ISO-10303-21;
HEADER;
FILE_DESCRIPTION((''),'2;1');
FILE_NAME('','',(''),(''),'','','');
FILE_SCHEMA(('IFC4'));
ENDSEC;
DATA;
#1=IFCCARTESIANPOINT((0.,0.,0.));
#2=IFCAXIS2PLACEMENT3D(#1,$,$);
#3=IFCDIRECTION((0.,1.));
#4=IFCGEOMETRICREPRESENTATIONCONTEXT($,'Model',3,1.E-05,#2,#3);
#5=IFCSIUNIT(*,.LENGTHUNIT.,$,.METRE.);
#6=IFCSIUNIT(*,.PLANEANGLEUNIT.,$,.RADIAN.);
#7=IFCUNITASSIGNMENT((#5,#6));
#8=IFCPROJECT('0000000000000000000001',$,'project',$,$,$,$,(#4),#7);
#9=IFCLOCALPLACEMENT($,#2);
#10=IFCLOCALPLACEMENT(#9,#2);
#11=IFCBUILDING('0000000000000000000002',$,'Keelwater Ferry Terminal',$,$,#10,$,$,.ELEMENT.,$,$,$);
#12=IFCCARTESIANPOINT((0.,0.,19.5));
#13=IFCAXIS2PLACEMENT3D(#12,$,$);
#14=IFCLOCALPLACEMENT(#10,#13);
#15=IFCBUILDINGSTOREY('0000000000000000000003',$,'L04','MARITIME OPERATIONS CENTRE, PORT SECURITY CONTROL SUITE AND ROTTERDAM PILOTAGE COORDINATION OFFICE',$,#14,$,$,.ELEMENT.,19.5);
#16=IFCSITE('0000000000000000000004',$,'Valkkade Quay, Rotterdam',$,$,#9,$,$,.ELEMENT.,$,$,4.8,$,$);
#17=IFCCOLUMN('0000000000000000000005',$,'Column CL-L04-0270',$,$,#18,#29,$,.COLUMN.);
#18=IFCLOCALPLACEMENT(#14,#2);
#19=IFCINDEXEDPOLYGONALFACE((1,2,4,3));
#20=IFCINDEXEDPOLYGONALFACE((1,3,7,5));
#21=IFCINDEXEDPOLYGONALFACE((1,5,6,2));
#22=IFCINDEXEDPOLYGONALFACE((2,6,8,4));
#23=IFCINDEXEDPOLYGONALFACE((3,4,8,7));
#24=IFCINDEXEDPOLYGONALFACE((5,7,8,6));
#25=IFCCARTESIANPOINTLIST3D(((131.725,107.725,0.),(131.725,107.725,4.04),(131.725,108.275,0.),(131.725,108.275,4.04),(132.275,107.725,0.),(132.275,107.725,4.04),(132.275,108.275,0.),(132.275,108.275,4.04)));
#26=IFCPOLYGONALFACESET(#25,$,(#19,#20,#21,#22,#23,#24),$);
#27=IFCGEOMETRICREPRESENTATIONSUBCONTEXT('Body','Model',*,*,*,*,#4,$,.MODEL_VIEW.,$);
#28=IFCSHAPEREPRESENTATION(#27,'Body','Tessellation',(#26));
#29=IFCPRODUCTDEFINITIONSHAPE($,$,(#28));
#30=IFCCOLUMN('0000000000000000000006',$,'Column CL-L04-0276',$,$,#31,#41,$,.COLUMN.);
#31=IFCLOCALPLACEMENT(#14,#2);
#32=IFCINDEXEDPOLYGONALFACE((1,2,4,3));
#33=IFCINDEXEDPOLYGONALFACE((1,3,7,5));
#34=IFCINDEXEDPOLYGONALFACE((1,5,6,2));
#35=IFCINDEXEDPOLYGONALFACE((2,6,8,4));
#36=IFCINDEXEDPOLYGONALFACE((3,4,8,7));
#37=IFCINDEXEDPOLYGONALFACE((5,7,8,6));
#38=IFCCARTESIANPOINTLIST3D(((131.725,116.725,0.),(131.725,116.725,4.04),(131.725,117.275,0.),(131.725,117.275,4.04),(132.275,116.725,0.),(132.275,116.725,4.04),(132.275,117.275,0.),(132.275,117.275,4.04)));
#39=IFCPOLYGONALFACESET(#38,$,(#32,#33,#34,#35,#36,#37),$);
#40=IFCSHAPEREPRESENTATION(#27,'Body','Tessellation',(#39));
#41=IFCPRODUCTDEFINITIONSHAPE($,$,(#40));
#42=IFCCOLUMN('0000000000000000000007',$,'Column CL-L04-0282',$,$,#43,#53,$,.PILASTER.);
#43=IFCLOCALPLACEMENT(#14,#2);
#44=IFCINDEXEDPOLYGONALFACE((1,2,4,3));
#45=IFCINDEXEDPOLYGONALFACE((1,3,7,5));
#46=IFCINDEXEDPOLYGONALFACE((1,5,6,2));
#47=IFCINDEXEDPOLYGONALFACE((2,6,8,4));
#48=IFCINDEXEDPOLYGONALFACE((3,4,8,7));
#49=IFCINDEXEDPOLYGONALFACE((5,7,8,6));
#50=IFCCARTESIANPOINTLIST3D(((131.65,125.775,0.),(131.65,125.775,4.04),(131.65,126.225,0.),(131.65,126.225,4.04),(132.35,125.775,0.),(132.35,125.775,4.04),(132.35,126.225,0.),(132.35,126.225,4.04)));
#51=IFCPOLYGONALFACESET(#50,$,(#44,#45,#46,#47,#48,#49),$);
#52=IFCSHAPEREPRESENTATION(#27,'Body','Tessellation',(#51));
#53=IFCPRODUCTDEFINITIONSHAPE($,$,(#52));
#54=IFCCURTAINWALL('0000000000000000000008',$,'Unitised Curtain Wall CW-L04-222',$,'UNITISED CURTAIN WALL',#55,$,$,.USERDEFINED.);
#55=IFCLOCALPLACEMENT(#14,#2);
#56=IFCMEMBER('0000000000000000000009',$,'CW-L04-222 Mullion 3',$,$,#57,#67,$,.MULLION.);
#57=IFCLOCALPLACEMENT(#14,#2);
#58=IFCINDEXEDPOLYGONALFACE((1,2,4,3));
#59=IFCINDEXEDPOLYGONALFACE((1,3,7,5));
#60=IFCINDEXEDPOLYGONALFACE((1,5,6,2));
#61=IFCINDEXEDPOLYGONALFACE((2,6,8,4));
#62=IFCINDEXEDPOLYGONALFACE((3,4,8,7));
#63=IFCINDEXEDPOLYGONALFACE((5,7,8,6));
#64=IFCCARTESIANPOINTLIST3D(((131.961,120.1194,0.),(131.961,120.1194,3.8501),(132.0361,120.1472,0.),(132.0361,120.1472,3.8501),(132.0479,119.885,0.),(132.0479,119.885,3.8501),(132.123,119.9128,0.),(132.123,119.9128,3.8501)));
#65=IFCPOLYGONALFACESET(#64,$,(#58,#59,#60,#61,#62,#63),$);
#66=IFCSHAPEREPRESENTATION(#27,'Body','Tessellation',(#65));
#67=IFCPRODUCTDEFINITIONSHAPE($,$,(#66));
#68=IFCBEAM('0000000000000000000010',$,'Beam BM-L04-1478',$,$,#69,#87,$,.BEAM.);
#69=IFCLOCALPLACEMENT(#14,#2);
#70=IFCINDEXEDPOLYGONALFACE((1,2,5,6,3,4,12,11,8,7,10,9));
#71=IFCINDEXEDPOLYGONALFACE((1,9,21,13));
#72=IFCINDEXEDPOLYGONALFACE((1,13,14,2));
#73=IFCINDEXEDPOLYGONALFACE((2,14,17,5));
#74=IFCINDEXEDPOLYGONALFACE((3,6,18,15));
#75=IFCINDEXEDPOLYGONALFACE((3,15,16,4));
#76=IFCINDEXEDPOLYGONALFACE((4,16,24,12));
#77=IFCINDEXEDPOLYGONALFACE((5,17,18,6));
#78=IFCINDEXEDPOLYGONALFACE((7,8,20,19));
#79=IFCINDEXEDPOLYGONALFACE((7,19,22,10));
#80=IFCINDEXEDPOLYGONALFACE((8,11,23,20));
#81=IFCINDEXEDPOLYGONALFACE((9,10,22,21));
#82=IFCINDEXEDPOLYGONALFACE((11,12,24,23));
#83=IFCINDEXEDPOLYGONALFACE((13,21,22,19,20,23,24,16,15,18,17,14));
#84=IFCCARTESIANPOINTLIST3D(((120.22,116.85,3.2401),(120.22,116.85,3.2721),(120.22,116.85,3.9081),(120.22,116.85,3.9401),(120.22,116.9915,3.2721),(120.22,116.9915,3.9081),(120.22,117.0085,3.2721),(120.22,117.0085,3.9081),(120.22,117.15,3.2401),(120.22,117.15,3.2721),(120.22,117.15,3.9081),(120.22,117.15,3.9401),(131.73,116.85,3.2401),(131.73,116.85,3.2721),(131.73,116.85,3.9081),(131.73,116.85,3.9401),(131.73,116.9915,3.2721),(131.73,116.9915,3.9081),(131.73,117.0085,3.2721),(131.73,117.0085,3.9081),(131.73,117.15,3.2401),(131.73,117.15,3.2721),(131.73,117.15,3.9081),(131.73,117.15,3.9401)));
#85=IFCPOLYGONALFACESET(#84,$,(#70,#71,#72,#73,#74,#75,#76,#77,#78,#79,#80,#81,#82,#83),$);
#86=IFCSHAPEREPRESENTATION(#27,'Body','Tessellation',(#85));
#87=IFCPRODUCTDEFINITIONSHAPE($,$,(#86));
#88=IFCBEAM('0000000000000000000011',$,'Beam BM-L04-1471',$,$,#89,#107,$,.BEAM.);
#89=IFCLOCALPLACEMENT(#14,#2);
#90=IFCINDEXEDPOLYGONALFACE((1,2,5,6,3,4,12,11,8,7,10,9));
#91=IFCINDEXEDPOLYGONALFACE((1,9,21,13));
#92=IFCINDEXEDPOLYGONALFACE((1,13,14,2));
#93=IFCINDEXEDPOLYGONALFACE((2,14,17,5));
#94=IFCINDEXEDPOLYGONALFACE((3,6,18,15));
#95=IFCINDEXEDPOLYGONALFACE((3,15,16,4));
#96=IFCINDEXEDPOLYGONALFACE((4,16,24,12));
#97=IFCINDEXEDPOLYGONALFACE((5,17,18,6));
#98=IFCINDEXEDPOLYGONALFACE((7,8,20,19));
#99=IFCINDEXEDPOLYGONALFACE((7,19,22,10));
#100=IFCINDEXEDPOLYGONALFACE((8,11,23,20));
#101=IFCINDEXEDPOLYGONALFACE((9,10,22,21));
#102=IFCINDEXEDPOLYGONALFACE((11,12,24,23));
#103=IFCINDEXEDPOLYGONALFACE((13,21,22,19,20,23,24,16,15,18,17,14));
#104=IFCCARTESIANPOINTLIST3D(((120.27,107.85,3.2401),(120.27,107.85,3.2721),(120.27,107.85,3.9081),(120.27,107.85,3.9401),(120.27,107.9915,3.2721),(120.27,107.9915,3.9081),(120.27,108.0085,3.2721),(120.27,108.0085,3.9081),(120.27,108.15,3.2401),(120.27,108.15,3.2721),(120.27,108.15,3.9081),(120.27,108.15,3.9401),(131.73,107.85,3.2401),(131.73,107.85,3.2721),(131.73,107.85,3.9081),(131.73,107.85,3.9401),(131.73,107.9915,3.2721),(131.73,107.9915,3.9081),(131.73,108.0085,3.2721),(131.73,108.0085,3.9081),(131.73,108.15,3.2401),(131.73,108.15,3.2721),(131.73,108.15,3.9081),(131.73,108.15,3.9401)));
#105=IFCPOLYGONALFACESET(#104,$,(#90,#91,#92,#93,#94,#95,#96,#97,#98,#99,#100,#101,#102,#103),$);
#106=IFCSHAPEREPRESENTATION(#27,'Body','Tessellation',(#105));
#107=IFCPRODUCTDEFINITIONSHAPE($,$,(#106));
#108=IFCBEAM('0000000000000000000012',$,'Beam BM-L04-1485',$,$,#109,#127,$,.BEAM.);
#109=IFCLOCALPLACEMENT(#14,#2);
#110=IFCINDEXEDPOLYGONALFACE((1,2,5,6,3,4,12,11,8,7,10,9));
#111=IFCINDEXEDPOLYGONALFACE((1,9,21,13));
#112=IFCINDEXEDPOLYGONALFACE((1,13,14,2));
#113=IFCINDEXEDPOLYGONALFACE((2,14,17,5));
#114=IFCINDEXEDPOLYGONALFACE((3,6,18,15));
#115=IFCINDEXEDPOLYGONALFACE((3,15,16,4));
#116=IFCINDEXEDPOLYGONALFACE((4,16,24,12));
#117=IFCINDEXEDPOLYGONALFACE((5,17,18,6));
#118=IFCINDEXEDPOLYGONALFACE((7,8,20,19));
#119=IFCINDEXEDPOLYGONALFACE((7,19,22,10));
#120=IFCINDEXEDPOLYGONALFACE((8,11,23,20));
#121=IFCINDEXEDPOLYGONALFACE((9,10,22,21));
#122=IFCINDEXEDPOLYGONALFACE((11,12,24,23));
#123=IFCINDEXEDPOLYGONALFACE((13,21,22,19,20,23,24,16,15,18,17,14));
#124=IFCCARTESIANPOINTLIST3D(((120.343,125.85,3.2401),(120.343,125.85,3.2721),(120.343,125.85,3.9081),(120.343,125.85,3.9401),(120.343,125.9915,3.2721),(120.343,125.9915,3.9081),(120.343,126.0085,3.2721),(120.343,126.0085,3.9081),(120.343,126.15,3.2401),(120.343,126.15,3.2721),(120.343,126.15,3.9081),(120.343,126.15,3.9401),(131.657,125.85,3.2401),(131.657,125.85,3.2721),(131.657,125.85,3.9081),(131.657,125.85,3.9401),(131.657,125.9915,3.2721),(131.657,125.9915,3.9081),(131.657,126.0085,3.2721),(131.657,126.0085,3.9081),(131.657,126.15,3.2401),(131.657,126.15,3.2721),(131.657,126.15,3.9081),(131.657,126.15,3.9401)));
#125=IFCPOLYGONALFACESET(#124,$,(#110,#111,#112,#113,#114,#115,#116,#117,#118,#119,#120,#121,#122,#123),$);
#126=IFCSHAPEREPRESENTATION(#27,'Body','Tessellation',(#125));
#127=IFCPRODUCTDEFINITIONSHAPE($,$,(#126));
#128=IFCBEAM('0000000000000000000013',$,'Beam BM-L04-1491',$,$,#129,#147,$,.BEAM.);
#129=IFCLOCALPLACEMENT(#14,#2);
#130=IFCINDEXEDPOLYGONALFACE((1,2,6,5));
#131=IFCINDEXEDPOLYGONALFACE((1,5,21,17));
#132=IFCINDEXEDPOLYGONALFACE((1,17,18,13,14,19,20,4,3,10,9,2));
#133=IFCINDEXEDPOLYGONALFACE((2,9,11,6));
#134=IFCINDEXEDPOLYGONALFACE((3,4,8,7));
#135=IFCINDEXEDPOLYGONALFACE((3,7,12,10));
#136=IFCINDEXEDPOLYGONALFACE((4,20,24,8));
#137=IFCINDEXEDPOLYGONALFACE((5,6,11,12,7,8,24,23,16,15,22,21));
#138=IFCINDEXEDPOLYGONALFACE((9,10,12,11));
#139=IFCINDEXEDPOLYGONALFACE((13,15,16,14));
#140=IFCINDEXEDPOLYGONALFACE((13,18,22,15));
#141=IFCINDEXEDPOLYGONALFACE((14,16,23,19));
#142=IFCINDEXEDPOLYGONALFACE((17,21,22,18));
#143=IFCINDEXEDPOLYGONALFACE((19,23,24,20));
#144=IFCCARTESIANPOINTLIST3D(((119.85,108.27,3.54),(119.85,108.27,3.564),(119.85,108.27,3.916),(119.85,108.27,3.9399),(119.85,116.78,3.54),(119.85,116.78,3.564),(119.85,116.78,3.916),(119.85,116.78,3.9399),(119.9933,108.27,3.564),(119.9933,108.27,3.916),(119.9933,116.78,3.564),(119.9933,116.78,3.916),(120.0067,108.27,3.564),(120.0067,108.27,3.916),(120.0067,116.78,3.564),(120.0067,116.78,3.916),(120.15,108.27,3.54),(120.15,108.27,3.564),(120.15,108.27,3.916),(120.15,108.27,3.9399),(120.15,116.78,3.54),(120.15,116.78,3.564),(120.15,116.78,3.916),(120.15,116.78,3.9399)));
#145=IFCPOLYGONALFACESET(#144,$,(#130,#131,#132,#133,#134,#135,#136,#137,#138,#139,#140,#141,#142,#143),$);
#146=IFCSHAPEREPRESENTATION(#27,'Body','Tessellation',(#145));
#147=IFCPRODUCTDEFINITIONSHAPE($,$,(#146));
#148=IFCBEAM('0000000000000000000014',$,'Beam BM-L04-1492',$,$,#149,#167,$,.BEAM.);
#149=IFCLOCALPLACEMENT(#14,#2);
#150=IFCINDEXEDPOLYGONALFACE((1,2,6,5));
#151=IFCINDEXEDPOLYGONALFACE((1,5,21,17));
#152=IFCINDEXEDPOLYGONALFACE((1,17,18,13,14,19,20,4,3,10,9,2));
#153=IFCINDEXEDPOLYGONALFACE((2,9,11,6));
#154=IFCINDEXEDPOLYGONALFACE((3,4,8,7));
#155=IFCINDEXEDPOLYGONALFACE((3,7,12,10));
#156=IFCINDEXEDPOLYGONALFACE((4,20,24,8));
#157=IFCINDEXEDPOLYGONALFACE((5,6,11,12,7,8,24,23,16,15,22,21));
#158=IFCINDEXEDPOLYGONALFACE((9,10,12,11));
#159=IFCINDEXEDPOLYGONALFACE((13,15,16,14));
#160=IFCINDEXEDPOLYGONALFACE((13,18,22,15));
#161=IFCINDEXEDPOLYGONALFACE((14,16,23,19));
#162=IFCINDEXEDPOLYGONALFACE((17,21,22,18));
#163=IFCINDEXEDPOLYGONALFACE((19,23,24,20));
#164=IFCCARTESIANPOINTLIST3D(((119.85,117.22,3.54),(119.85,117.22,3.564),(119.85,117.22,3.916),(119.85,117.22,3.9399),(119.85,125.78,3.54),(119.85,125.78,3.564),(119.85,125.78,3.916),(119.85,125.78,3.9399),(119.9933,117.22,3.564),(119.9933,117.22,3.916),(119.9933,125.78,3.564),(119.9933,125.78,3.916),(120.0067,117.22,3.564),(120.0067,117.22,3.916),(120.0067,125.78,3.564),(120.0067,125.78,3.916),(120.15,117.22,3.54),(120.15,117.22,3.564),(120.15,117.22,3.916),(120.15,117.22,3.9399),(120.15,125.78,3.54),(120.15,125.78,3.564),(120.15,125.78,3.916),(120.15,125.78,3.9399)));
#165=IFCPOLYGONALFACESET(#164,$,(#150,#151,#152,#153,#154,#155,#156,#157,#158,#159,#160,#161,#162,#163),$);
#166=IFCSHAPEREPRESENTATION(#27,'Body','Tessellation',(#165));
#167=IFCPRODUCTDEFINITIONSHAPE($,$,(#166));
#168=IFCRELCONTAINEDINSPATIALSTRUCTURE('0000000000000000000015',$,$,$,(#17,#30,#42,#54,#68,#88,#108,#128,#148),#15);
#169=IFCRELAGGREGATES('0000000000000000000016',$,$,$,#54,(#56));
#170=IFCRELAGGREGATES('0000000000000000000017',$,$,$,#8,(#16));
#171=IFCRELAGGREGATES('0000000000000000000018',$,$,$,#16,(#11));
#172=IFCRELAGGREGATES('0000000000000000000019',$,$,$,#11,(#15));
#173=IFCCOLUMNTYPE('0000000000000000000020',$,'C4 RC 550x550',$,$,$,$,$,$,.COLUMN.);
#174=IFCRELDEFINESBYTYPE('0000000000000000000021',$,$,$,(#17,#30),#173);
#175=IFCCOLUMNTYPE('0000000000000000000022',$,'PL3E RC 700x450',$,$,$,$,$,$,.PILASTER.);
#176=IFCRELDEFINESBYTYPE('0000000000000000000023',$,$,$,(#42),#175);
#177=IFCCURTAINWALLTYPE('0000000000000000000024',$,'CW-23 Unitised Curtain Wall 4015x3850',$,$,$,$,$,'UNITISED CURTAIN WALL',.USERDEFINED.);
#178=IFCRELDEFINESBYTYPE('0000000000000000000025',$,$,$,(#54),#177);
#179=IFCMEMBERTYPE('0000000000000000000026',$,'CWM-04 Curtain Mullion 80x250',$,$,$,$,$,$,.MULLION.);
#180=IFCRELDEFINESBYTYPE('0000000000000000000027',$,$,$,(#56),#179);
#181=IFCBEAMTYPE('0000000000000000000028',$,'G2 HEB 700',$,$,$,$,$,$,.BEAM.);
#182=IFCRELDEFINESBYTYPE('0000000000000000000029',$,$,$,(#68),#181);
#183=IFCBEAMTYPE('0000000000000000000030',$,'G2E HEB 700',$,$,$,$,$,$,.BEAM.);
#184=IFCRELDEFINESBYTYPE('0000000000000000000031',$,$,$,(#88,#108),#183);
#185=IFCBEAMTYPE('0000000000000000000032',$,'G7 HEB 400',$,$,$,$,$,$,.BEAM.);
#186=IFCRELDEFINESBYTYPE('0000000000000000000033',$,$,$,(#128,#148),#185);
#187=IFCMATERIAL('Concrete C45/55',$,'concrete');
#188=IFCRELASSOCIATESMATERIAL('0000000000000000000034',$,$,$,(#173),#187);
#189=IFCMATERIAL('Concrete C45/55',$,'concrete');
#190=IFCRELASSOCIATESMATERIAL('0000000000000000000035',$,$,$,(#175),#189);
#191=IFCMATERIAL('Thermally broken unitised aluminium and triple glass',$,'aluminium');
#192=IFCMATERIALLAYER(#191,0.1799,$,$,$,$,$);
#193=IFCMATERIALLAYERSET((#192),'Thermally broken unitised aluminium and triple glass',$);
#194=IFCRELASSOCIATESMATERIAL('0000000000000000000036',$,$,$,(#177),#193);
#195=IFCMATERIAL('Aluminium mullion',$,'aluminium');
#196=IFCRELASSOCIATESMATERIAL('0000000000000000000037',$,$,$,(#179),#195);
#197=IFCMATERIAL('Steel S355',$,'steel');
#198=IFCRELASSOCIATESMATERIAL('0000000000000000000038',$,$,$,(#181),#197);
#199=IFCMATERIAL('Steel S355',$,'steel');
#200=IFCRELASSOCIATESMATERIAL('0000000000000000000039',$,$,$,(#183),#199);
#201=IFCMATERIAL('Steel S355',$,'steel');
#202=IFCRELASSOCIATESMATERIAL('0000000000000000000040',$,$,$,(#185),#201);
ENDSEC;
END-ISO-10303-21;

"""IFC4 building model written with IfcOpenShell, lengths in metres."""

from ifc_helpers import new_model, si_unit, direction, frame, origin, origin_2d, place, context, subcontext, project, spatial, rectangle, i_section, extrude, material, layer, layer_set, material_profile, profile_set, type_object, element, aggregate, save


model = new_model("IFC4")

# Units and contexts
model_context = context("Model", 3, precision=1e-05, world=origin(), true_north=direction((0.0, 1.0)))
body_context = subcontext(model_context, "Body", "Model", "MODEL_VIEW")
ifc_project = project(units=[si_unit("LENGTHUNIT", "METRE"), si_unit("PLANEANGLEUNIT", "RADIAN")], contexts=[model_context])

# Site, building, storey
site_placement = place(None, origin())
site = spatial("IfcSite", under=ifc_project, at=site_placement, Name="Valkkade Quay, Rotterdam", CompositionType="ELEMENT", RefElevation=4.8)
building_placement = place(site_placement, origin())
building = spatial("IfcBuilding", under=site, at=building_placement, Name="Keelwater Ferry Terminal", CompositionType="ELEMENT")
storey_placement = place(building_placement, frame((0.0, 0.0, 19.5)))
storey = spatial("IfcBuildingStorey", under=building, at=storey_placement, Name="L04", Description="MARITIME OPERATIONS CENTRE, PORT SECURITY CONTROL SUITE AND ROTTERDAM PILOTAGE COORDINATION OFFICE", CompositionType="ELEMENT", Elevation=19.5)

# Columns
ifc_material_1 = material(Name="Concrete C45/55", Category="concrete")
ifc_material_profile_1 = material_profile(ifc_material_1, rectangle(XDim=0.55, YDim=0.55, at=origin_2d()), Name="RC 550x550")
ifc_profile_set_1 = profile_set([ifc_material_profile_1], Name="Concrete C45/55")
column_type_1 = type_object("IfcColumnType", Name="C4 RC 550x550", PredefinedType="COLUMN", material=ifc_profile_set_1)
for number, where, z_axis, x_axis, name in (
    (1, (132.0, 108.0, 0.0), (0.0, 0.0, 1.0), (1.0, 0.0, 0.0), "Column CL-L04-0270"),
    (2, (132.0, 117.0, 0.0), (0.0, 0.0, 1.0), (1.0, 0.0, 0.0), "Column CL-L04-0276"),
):
    element("IfcColumn", number, at=place(storey_placement, frame(where, z_axis=z_axis, x_axis=x_axis)), inside=storey, type_object=column_type_1, Name=name, PredefinedType="COLUMN", context=body_context, shape_type="SweptSolid", body=[
        extrude(rectangle(XDim=0.55, YDim=0.55, at=origin_2d()), origin(), (0.0, 0.0, 1.0), 4.04),
    ])
ifc_material_2 = material(Name="Concrete C45/55", Category="concrete")
ifc_material_profile_2 = material_profile(ifc_material_2, rectangle(XDim=0.45, YDim=0.7, at=origin_2d()), Name="RC 700x450")
ifc_profile_set_2 = profile_set([ifc_material_profile_2], Name="Concrete C45/55")
column_type_2 = type_object("IfcColumnType", Name="PL3E RC 700x450", PredefinedType="PILASTER", material=ifc_profile_set_2)
column_placement = place(storey_placement, frame((132.0, 126.0, 0.0), z_axis=(0.0, 0.0, 1.0), x_axis=(0.0, 1.0, 0.0)))
element("IfcColumn", 3, at=column_placement, inside=storey, type_object=column_type_2, Name="Column CL-L04-0282", PredefinedType="PILASTER", context=body_context, shape_type="SweptSolid", body=[
    extrude(rectangle(XDim=0.45, YDim=0.7, at=origin_2d()), origin(), (0.0, 0.0, 1.0), 4.04),
])

# Curtain wall, member
ifc_material_3 = material(Name="Thermally broken unitised aluminium and triple glass", Category="aluminium")
ifc_layer_1 = layer(ifc_material_3, 0.1799)
ifc_layer_set_1 = layer_set([ifc_layer_1], Name="Thermally broken unitised aluminium and triple glass")
curtain_wall_type = type_object("IfcCurtainWallType", Name="CW-23 Unitised Curtain Wall 4015x3850", ElementType="UNITISED CURTAIN WALL", PredefinedType="USERDEFINED", material=ifc_layer_set_1)
curtain_wall_placement = place(storey_placement, origin())
curtain_wall = element("IfcCurtainWall", 4, at=curtain_wall_placement, inside=storey, type_object=curtain_wall_type, Name="Unitised Curtain Wall CW-L04-222", ObjectType="UNITISED CURTAIN WALL", PredefinedType="USERDEFINED")
ifc_material_4 = material(Name="Aluminium mullion", Category="aluminium")
ifc_material_profile_3 = material_profile(ifc_material_4, rectangle(XDim=0.0801, YDim=0.25, at=origin_2d()), Name="CWM-04")
ifc_profile_set_3 = profile_set([ifc_material_profile_3], Name="Aluminium mullion")
member_type = type_object("IfcMemberType", Name="CWM-04 Curtain Mullion 80x250", PredefinedType="MULLION", material=ifc_profile_set_3)
member_placement = place(storey_placement, frame((132.042, 120.0161, 0.0), z_axis=(0.0, 0.0, 1.0), x_axis=(-0.937592, -0.347736, 0.0)))
member = element("IfcMember", 5, at=member_placement, type_object=member_type, Name="CW-L04-222 Mullion 3", PredefinedType="MULLION", context=body_context, shape_type="SweptSolid", body=[
    extrude(rectangle(XDim=0.0801, YDim=0.25, at=origin_2d()), origin(), (0.0, 0.0, 1.0), 3.8501),
])
aggregate(curtain_wall, [member])

# Beams
ifc_material_5 = material(Name="Steel S355", Category="steel")
ifc_material_profile_4 = material_profile(ifc_material_5, i_section(OverallWidth=0.3, OverallDepth=0.7, WebThickness=0.0171, FlangeThickness=0.032, at=origin_2d()), Name="HEB 700")
ifc_profile_set_4 = profile_set([ifc_material_profile_4], Name="Steel S355")
beam_type_1 = type_object("IfcBeamType", Name="G2 HEB 700", PredefinedType="BEAM", material=ifc_profile_set_4)
beam_1_placement = place(storey_placement, frame((120.22, 117.0, 3.5901), z_axis=(1.0, 0.0, 0.0), x_axis=(0.0, 1.0, 0.0)))
element("IfcBeam", 6, at=beam_1_placement, inside=storey, type_object=beam_type_1, Name="Beam BM-L04-1478", PredefinedType="BEAM", context=body_context, shape_type="SweptSolid", body=[
    extrude(i_section(OverallWidth=0.3, OverallDepth=0.7, WebThickness=0.0171, FlangeThickness=0.032, at=origin_2d()), origin(), (0.0, 0.0, 1.0), 11.51),
])
ifc_material_6 = material(Name="Steel S355", Category="steel")
ifc_material_profile_5 = material_profile(ifc_material_6, i_section(OverallWidth=0.3, OverallDepth=0.7, WebThickness=0.0171, FlangeThickness=0.032, at=origin_2d()), Name="HEB 700")
ifc_profile_set_5 = profile_set([ifc_material_profile_5], Name="Steel S355")
beam_type_2 = type_object("IfcBeamType", Name="G2E HEB 700", PredefinedType="BEAM", material=ifc_profile_set_5)
beam_2_placement = place(storey_placement, frame((120.27, 108.0, 3.5901), z_axis=(1.0, 0.0, 0.0), x_axis=(0.0, 1.0, 0.0)))
element("IfcBeam", 7, at=beam_2_placement, inside=storey, type_object=beam_type_2, Name="Beam BM-L04-1471", PredefinedType="BEAM", context=body_context, shape_type="SweptSolid", body=[
    extrude(i_section(OverallWidth=0.3, OverallDepth=0.7, WebThickness=0.0171, FlangeThickness=0.032, at=origin_2d()), origin(), (0.0, 0.0, 1.0), 11.46),
])
beam_3_placement = place(storey_placement, frame((120.343, 126.0, 3.5901), z_axis=(1.0, 0.0, 0.0), x_axis=(0.0, 1.0, 0.0)))
element("IfcBeam", 8, at=beam_3_placement, inside=storey, type_object=beam_type_2, Name="Beam BM-L04-1485", PredefinedType="BEAM", context=body_context, shape_type="SweptSolid", body=[
    extrude(i_section(OverallWidth=0.3, OverallDepth=0.7, WebThickness=0.0171, FlangeThickness=0.032, at=origin_2d()), origin(), (0.0, 0.0, 1.0), 11.314),
])
ifc_material_7 = material(Name="Steel S355", Category="steel")
ifc_material_profile_6 = material_profile(ifc_material_7, i_section(OverallWidth=0.3, OverallDepth=0.3999, WebThickness=0.0134, FlangeThickness=0.0239, at=origin_2d()), Name="HEB 400")
ifc_profile_set_6 = profile_set([ifc_material_profile_6], Name="Steel S355")
beam_type_3 = type_object("IfcBeamType", Name="G7 HEB 400", PredefinedType="BEAM", material=ifc_profile_set_6)
beam_4_placement = place(storey_placement, frame((120.0, 108.27, 3.74), z_axis=(0.0, 1.0, 0.0), x_axis=(-1.0, 0.0, 0.0)))
element("IfcBeam", 9, at=beam_4_placement, inside=storey, type_object=beam_type_3, Name="Beam BM-L04-1491", PredefinedType="BEAM", context=body_context, shape_type="SweptSolid", body=[
    extrude(i_section(OverallWidth=0.3, OverallDepth=0.3999, WebThickness=0.0134, FlangeThickness=0.0239, at=origin_2d()), origin(), (0.0, 0.0, 1.0), 8.51),
])
beam_5_placement = place(storey_placement, frame((120.0, 117.22, 3.74), z_axis=(0.0, 1.0, 0.0), x_axis=(-1.0, 0.0, 0.0)))
element("IfcBeam", 10, at=beam_5_placement, inside=storey, type_object=beam_type_3, Name="Beam BM-L04-1492", PredefinedType="BEAM", context=body_context, shape_type="SweptSolid", body=[
    extrude(i_section(OverallWidth=0.3, OverallDepth=0.3999, WebThickness=0.0134, FlangeThickness=0.0239, at=origin_2d()), origin(), (0.0, 0.0, 1.0), 8.5601),
])

save(model, "model.ifc")
